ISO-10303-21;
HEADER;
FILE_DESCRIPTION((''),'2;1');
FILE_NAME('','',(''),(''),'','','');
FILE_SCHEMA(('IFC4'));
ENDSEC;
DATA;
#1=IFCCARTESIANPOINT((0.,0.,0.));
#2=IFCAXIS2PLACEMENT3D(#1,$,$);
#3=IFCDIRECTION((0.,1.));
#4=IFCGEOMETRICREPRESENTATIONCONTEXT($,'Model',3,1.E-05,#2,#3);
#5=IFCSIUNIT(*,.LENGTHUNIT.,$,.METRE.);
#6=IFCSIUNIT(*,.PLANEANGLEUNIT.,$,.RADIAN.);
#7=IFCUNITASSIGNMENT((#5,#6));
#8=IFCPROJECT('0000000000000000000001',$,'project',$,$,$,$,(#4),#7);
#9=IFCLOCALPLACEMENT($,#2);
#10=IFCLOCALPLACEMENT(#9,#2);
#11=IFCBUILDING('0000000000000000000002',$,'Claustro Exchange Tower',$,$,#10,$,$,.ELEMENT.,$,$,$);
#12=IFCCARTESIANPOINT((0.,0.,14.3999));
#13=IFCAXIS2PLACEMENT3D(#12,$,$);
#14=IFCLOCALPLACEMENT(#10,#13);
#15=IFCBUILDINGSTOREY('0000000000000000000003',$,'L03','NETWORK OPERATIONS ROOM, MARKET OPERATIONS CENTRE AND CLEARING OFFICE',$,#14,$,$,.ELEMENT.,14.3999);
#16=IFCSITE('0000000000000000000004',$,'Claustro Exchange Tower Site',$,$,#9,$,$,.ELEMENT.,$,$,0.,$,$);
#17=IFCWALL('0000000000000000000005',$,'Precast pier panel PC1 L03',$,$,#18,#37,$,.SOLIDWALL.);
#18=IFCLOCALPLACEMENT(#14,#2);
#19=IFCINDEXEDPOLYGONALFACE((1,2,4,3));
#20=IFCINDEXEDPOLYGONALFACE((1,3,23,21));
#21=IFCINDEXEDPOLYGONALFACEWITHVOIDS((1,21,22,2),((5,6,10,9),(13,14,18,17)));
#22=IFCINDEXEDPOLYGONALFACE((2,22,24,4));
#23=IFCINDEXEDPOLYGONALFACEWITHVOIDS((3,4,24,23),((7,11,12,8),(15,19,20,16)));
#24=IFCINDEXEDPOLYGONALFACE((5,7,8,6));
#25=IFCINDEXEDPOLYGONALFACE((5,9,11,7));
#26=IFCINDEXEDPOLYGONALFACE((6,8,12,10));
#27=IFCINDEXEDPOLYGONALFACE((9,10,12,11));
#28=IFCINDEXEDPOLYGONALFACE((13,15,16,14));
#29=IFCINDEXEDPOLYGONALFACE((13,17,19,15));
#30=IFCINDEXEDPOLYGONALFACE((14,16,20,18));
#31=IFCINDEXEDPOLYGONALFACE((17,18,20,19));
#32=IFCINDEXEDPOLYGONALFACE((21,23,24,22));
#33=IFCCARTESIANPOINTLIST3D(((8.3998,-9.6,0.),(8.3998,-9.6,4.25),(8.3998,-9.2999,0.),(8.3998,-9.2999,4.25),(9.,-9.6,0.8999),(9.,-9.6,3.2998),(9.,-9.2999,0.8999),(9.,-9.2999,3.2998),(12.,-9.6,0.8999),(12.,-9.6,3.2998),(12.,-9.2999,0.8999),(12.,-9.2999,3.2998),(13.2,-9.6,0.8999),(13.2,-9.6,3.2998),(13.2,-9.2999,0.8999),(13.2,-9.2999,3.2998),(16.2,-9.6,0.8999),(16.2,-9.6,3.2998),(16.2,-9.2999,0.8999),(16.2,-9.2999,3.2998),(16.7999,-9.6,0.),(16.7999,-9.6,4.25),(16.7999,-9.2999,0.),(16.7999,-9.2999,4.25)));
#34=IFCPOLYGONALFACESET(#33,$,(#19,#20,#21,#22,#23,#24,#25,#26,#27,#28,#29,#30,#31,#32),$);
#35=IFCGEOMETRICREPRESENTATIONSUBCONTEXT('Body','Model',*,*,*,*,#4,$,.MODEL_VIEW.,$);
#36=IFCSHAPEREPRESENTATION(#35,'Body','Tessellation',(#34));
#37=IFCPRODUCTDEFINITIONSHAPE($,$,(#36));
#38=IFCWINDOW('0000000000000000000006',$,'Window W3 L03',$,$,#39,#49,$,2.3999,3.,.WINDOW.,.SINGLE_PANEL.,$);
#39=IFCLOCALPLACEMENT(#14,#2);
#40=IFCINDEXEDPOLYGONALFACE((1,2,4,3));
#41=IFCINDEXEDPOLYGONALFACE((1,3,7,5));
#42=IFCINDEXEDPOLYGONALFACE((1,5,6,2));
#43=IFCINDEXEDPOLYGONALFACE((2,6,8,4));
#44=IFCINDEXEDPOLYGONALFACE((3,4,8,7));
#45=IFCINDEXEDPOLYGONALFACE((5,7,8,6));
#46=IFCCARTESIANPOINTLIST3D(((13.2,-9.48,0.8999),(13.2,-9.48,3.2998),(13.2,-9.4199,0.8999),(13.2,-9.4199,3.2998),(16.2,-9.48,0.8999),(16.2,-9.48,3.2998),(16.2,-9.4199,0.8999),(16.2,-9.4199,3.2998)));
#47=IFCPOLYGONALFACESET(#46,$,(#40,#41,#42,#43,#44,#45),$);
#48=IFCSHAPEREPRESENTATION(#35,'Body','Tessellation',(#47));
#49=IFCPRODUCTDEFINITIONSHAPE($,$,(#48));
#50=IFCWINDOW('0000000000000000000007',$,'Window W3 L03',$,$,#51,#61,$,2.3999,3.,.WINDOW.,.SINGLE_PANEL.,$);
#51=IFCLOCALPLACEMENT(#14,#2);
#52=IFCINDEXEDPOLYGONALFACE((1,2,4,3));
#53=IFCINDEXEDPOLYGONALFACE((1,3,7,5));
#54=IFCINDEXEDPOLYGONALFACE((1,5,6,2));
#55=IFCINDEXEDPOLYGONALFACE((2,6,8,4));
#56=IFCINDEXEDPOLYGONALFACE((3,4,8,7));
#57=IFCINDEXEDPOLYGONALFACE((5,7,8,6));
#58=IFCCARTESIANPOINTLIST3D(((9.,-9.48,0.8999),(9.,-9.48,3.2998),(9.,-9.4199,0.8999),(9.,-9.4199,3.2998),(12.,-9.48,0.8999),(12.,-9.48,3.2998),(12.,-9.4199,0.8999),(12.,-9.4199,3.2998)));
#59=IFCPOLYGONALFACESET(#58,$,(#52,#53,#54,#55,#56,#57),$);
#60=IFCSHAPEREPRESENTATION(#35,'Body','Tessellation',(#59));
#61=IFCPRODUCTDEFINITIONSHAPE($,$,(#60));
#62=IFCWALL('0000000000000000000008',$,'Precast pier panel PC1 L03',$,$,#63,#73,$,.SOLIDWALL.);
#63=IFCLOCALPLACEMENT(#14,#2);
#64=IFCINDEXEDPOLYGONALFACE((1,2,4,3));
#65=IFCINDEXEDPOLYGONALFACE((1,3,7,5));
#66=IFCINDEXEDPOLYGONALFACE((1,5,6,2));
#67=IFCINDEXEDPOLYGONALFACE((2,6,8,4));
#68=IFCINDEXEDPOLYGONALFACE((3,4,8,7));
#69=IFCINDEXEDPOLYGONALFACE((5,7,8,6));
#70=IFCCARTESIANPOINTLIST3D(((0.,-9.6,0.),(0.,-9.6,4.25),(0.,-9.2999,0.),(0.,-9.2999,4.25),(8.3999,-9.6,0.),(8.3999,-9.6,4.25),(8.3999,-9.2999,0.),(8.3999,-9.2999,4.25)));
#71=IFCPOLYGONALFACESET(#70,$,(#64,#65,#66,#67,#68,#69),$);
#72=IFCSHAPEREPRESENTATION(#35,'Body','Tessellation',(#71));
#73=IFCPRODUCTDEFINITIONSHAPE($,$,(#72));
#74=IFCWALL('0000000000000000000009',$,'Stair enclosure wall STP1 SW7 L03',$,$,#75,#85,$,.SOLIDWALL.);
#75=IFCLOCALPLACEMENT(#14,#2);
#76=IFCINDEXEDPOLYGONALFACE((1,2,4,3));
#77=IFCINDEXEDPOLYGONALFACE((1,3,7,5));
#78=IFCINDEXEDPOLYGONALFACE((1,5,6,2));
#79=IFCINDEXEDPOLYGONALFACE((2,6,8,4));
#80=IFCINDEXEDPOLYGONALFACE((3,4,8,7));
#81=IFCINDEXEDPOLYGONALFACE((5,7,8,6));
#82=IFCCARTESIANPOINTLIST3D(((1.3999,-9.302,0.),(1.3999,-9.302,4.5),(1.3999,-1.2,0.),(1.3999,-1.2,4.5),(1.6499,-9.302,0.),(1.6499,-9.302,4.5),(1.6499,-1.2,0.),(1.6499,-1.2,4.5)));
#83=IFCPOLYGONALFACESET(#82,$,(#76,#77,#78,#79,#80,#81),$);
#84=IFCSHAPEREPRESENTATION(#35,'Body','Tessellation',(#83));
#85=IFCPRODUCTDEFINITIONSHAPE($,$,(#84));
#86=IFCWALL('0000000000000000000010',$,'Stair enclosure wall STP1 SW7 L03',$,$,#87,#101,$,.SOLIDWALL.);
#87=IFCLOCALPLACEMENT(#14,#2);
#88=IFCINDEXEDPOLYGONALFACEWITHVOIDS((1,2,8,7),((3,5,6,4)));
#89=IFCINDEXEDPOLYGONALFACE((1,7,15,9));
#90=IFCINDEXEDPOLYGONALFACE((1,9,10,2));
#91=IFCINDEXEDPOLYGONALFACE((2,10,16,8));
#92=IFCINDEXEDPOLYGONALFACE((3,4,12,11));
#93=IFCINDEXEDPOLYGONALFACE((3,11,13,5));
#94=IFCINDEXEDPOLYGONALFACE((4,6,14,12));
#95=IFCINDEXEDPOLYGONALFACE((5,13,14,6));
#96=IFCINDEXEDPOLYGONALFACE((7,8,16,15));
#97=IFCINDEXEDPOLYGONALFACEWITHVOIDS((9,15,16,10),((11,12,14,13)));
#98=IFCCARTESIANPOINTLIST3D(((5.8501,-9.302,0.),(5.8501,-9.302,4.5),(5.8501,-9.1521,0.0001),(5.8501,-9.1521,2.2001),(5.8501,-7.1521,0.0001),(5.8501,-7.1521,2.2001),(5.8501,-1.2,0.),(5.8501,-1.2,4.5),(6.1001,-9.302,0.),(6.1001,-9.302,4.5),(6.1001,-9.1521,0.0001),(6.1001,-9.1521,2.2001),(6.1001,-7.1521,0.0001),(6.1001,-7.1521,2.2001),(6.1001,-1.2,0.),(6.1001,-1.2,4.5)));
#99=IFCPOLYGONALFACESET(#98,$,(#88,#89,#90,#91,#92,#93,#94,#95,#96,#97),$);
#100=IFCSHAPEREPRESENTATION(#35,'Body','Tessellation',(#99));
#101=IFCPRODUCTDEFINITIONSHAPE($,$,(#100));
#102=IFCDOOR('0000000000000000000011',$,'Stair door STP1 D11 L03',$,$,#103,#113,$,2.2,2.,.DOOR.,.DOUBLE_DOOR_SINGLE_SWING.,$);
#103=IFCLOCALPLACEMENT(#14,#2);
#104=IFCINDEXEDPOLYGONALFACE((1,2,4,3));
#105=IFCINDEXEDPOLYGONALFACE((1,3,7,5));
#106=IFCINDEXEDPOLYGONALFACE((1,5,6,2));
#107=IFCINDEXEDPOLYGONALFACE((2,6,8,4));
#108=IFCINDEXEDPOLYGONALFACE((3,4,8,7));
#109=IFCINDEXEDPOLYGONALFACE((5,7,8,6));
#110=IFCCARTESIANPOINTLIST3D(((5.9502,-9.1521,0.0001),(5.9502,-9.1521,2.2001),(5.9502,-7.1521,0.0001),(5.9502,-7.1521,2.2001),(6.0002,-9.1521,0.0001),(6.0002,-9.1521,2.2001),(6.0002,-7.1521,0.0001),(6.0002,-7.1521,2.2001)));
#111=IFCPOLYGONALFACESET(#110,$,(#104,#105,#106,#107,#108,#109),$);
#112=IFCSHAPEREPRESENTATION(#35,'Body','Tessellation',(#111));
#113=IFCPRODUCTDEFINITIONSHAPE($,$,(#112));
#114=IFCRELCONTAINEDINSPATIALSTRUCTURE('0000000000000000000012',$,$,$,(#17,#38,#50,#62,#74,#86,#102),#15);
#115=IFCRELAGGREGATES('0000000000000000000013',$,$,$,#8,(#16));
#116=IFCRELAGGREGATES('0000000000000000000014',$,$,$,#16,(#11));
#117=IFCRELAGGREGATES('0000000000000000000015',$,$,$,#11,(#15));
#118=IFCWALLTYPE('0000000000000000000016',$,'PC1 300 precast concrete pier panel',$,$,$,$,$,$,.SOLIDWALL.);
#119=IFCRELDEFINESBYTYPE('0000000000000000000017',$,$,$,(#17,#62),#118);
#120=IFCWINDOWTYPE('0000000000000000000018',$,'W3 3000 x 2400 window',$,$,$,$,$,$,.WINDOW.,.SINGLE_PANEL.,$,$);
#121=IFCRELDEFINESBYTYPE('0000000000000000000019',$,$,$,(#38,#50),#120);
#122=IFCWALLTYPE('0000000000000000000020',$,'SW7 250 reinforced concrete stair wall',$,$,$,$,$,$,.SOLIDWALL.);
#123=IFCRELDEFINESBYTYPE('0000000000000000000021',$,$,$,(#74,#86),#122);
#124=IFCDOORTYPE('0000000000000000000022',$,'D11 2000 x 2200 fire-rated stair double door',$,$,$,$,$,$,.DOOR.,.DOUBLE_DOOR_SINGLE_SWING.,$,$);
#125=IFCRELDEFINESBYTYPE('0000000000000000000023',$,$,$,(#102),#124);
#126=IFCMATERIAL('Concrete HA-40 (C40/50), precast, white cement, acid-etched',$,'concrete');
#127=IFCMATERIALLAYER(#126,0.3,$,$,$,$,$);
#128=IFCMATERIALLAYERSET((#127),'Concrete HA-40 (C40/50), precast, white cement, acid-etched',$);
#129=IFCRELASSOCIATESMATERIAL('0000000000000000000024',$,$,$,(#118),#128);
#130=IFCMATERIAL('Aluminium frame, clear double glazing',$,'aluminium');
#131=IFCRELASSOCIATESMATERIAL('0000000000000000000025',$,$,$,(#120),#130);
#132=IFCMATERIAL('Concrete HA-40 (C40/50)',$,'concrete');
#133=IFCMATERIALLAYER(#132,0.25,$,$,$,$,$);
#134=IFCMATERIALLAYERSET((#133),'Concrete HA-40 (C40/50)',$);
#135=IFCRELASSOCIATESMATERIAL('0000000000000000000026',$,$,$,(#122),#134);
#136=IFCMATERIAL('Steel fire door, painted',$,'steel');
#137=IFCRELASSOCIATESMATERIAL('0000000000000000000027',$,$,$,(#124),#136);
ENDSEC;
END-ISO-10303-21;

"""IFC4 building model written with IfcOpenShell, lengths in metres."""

from ifc_helpers import new_model, si_unit, direction, frame, frame_2d, origin, place, context, subcontext, project, spatial, rectangle, extrude, material, layer, layer_set, type_object, element, fill, save


model = new_model("IFC4")

# Units and contexts
model_context = context("Model", 3, precision=1e-05, world=origin(), true_north=direction((0.0, 1.0)))
body_context = subcontext(model_context, "Body", "Model", "MODEL_VIEW")
ifc_project = project(units=[si_unit("LENGTHUNIT", "METRE"), si_unit("PLANEANGLEUNIT", "RADIAN")], contexts=[model_context])

# Site, building, storey
site_placement = place(None, origin())
site = spatial("IfcSite", under=ifc_project, at=site_placement, Name="Claustro Exchange Tower Site", CompositionType="ELEMENT", RefElevation=0.0)
building_placement = place(site_placement, origin())
building = spatial("IfcBuilding", under=site, at=building_placement, Name="Claustro Exchange Tower", CompositionType="ELEMENT")
storey_placement = place(building_placement, frame((0.0, 0.0, 14.3999)))
storey = spatial("IfcBuildingStorey", under=building, at=storey_placement, Name="L03", Description="NETWORK OPERATIONS ROOM, MARKET OPERATIONS CENTRE AND CLEARING OFFICE", CompositionType="ELEMENT", Elevation=14.3999)

# Wall, openings, windows
ifc_material_1 = material(Name="Concrete HA-40 (C40/50), precast, white cement, acid-etched", Category="concrete")
ifc_layer_1 = layer(ifc_material_1, 0.3)
ifc_layer_set_1 = layer_set([ifc_layer_1], Name="Concrete HA-40 (C40/50), precast, white cement, acid-etched")
wall_type_1 = type_object("IfcWallType", Name="PC1 300 precast concrete pier panel", PredefinedType="SOLIDWALL", material=ifc_layer_set_1)
wall_1_placement = place(storey_placement, frame((16.8, -9.45, 0.0), z_axis=(0.0, 0.0, 1.0), x_axis=(-1.0, 0.0, 0.0)))
wall_1 = element("IfcWall", 1, at=wall_1_placement, inside=storey, type_object=wall_type_1, Name="Precast pier panel PC1 L03", PredefinedType="SOLIDWALL", context=body_context, shape_type="SweptSolid", body=[
    extrude(rectangle(XDim=8.4001, YDim=0.3, at=frame_2d((4.2002, 0.0))), origin(), (0.0, 0.0, 1.0), 4.25),
])
opening_1_placement = place(wall_1_placement, frame((0.6001, 0.0, 0.8999)))
opening_1 = element("IfcOpeningElement", 2, at=opening_1_placement, cuts=wall_1, PredefinedType="OPENING", context=body_context, shape_type="SweptSolid", body=[
    extrude(rectangle(XDim=3.0, YDim=2.3999, at=frame_2d((1.5, 1.2))), frame((0.0, 0.1599, 0.0), z_axis=(0.0, -1.0, 0.0), x_axis=(1.0, 0.0, 0.0)), (0.0, 0.0, 1.0), 0.3201),
])
opening_2_placement = place(wall_1_placement, frame((4.8, 0.0, 0.8999)))
opening_2 = element("IfcOpeningElement", 3, at=opening_2_placement, cuts=wall_1, PredefinedType="OPENING", context=body_context, shape_type="SweptSolid", body=[
    extrude(rectangle(XDim=3.0, YDim=2.3999, at=frame_2d((1.5, 1.2))), frame((0.0, 0.1599, 0.0), z_axis=(0.0, -1.0, 0.0), x_axis=(1.0, 0.0, 0.0)), (0.0, 0.0, 1.0), 0.3201),
])
ifc_material_2 = material(Name="Aluminium frame, clear double glazing", Category="aluminium")
window_type = type_object("IfcWindowType", Name="W3 3000 x 2400 window", PartitioningType="SINGLE_PANEL", PredefinedType="WINDOW", material=ifc_material_2)
window_1_placement = place(opening_1_placement, origin())
window_1 = element("IfcWindow", 4, at=window_1_placement, inside=storey, type_object=window_type, Name="Window W3 L03", OverallHeight=2.3999, OverallWidth=3.0, PartitioningType="SINGLE_PANEL", PredefinedType="WINDOW", context=body_context, shape_type="SweptSolid", body=[
    extrude(rectangle(XDim=3.0, YDim=2.3999, at=frame_2d((1.5, 1.2))), frame((0.0, 0.03, 0.0), z_axis=(0.0, -1.0, 0.0), x_axis=(1.0, 0.0, 0.0)), (0.0, 0.0, 1.0), 0.0601),
])
fill(opening_1, window_1)
window_2_placement = place(opening_2_placement, origin())
window_2 = element("IfcWindow", 5, at=window_2_placement, inside=storey, type_object=window_type, Name="Window W3 L03", OverallHeight=2.3999, OverallWidth=3.0, PartitioningType="SINGLE_PANEL", PredefinedType="WINDOW", context=body_context, shape_type="SweptSolid", body=[
    extrude(rectangle(XDim=3.0, YDim=2.3999, at=frame_2d((1.5, 1.2))), frame((0.0, 0.03, 0.0), z_axis=(0.0, -1.0, 0.0), x_axis=(1.0, 0.0, 0.0)), (0.0, 0.0, 1.0), 0.0601),
])
fill(opening_2, window_2)

# Walls
wall_2_placement = place(storey_placement, frame((8.3999, -9.45, 0.0), z_axis=(0.0, 0.0, 1.0), x_axis=(-1.0, 0.0, 0.0)))
element("IfcWall", 6, at=wall_2_placement, inside=storey, type_object=wall_type_1, Name="Precast pier panel PC1 L03", PredefinedType="SOLIDWALL", context=body_context, shape_type="SweptSolid", body=[
    extrude(rectangle(XDim=8.3999, YDim=0.3, at=frame_2d((4.2, 0.0))), origin(), (0.0, 0.0, 1.0), 4.25),
])
ifc_material_3 = material(Name="Concrete HA-40 (C40/50)", Category="concrete")
ifc_layer_2 = layer(ifc_material_3, 0.25)
ifc_layer_set_2 = layer_set([ifc_layer_2], Name="Concrete HA-40 (C40/50)")
wall_type_2 = type_object("IfcWallType", Name="SW7 250 reinforced concrete stair wall", PredefinedType="SOLIDWALL", material=ifc_layer_set_2)
wall_3_placement = place(storey_placement, frame((1.5249, -9.302, 0.0), z_axis=(0.0, 0.0, 1.0), x_axis=(0.0, 1.0, 0.0)))
element("IfcWall", 7, at=wall_3_placement, inside=storey, type_object=wall_type_2, Name="Stair enclosure wall STP1 SW7 L03", PredefinedType="SOLIDWALL", context=body_context, shape_type="SweptSolid", body=[
    extrude(rectangle(XDim=8.1021, YDim=0.25, at=frame_2d((4.051, 0.0))), origin(), (0.0, 0.0, 1.0), 4.5),
])

# Wall, opening, door
wall_4_placement = place(storey_placement, frame((5.9751, -9.302, 0.0), z_axis=(0.0, 0.0, 1.0), x_axis=(0.0, 1.0, 0.0)))
wall_4 = element("IfcWall", 8, at=wall_4_placement, inside=storey, type_object=wall_type_2, Name="Stair enclosure wall STP1 SW7 L03", PredefinedType="SOLIDWALL", context=body_context, shape_type="SweptSolid", body=[
    extrude(rectangle(XDim=8.1021, YDim=0.25, at=frame_2d((4.051, 0.0))), origin(), (0.0, 0.0, 1.0), 4.5),
])
opening_3_placement = place(wall_4_placement, frame((0.1499, 0.0, 0.0)))
opening_3 = element("IfcOpeningElement", 9, at=opening_3_placement, cuts=wall_4, PredefinedType="OPENING", context=body_context, shape_type="SweptSolid", body=[
    extrude(rectangle(XDim=2.0, YDim=2.2, at=frame_2d((1.0, 1.1001))), frame((0.0, 0.135, 0.0), z_axis=(0.0, -1.0, 0.0), x_axis=(1.0, 0.0, 0.0)), (0.0, 0.0, 1.0), 0.27),
])
ifc_material_4 = material(Name="Steel fire door, painted", Category="steel")
door_type_1 = type_object("IfcDoorType", Name="D11 2000 x 2200 fire-rated stair double door", OperationType="DOUBLE_DOOR_SINGLE_SWING", PredefinedType="DOOR", material=ifc_material_4)
door_1_placement = place(opening_3_placement, origin())
door_1 = element("IfcDoor", 10, at=door_1_placement, inside=storey, type_object=door_type_1, Name="Stair door STP1 D11 L03", OperationType="DOUBLE_DOOR_SINGLE_SWING", OverallHeight=2.2, OverallWidth=2.0, PredefinedType="DOOR", context=body_context, shape_type="SweptSolid", body=[
    extrude(rectangle(XDim=2.0, YDim=2.2, at=frame_2d((1.0, 1.1001))), frame((0.0, 0.0249, 0.0), z_axis=(0.0, -1.0, 0.0), x_axis=(1.0, 0.0, 0.0)), (0.0, 0.0, 1.0), 0.05),
])
fill(opening_3, door_1)

save(model, "model.ifc")
